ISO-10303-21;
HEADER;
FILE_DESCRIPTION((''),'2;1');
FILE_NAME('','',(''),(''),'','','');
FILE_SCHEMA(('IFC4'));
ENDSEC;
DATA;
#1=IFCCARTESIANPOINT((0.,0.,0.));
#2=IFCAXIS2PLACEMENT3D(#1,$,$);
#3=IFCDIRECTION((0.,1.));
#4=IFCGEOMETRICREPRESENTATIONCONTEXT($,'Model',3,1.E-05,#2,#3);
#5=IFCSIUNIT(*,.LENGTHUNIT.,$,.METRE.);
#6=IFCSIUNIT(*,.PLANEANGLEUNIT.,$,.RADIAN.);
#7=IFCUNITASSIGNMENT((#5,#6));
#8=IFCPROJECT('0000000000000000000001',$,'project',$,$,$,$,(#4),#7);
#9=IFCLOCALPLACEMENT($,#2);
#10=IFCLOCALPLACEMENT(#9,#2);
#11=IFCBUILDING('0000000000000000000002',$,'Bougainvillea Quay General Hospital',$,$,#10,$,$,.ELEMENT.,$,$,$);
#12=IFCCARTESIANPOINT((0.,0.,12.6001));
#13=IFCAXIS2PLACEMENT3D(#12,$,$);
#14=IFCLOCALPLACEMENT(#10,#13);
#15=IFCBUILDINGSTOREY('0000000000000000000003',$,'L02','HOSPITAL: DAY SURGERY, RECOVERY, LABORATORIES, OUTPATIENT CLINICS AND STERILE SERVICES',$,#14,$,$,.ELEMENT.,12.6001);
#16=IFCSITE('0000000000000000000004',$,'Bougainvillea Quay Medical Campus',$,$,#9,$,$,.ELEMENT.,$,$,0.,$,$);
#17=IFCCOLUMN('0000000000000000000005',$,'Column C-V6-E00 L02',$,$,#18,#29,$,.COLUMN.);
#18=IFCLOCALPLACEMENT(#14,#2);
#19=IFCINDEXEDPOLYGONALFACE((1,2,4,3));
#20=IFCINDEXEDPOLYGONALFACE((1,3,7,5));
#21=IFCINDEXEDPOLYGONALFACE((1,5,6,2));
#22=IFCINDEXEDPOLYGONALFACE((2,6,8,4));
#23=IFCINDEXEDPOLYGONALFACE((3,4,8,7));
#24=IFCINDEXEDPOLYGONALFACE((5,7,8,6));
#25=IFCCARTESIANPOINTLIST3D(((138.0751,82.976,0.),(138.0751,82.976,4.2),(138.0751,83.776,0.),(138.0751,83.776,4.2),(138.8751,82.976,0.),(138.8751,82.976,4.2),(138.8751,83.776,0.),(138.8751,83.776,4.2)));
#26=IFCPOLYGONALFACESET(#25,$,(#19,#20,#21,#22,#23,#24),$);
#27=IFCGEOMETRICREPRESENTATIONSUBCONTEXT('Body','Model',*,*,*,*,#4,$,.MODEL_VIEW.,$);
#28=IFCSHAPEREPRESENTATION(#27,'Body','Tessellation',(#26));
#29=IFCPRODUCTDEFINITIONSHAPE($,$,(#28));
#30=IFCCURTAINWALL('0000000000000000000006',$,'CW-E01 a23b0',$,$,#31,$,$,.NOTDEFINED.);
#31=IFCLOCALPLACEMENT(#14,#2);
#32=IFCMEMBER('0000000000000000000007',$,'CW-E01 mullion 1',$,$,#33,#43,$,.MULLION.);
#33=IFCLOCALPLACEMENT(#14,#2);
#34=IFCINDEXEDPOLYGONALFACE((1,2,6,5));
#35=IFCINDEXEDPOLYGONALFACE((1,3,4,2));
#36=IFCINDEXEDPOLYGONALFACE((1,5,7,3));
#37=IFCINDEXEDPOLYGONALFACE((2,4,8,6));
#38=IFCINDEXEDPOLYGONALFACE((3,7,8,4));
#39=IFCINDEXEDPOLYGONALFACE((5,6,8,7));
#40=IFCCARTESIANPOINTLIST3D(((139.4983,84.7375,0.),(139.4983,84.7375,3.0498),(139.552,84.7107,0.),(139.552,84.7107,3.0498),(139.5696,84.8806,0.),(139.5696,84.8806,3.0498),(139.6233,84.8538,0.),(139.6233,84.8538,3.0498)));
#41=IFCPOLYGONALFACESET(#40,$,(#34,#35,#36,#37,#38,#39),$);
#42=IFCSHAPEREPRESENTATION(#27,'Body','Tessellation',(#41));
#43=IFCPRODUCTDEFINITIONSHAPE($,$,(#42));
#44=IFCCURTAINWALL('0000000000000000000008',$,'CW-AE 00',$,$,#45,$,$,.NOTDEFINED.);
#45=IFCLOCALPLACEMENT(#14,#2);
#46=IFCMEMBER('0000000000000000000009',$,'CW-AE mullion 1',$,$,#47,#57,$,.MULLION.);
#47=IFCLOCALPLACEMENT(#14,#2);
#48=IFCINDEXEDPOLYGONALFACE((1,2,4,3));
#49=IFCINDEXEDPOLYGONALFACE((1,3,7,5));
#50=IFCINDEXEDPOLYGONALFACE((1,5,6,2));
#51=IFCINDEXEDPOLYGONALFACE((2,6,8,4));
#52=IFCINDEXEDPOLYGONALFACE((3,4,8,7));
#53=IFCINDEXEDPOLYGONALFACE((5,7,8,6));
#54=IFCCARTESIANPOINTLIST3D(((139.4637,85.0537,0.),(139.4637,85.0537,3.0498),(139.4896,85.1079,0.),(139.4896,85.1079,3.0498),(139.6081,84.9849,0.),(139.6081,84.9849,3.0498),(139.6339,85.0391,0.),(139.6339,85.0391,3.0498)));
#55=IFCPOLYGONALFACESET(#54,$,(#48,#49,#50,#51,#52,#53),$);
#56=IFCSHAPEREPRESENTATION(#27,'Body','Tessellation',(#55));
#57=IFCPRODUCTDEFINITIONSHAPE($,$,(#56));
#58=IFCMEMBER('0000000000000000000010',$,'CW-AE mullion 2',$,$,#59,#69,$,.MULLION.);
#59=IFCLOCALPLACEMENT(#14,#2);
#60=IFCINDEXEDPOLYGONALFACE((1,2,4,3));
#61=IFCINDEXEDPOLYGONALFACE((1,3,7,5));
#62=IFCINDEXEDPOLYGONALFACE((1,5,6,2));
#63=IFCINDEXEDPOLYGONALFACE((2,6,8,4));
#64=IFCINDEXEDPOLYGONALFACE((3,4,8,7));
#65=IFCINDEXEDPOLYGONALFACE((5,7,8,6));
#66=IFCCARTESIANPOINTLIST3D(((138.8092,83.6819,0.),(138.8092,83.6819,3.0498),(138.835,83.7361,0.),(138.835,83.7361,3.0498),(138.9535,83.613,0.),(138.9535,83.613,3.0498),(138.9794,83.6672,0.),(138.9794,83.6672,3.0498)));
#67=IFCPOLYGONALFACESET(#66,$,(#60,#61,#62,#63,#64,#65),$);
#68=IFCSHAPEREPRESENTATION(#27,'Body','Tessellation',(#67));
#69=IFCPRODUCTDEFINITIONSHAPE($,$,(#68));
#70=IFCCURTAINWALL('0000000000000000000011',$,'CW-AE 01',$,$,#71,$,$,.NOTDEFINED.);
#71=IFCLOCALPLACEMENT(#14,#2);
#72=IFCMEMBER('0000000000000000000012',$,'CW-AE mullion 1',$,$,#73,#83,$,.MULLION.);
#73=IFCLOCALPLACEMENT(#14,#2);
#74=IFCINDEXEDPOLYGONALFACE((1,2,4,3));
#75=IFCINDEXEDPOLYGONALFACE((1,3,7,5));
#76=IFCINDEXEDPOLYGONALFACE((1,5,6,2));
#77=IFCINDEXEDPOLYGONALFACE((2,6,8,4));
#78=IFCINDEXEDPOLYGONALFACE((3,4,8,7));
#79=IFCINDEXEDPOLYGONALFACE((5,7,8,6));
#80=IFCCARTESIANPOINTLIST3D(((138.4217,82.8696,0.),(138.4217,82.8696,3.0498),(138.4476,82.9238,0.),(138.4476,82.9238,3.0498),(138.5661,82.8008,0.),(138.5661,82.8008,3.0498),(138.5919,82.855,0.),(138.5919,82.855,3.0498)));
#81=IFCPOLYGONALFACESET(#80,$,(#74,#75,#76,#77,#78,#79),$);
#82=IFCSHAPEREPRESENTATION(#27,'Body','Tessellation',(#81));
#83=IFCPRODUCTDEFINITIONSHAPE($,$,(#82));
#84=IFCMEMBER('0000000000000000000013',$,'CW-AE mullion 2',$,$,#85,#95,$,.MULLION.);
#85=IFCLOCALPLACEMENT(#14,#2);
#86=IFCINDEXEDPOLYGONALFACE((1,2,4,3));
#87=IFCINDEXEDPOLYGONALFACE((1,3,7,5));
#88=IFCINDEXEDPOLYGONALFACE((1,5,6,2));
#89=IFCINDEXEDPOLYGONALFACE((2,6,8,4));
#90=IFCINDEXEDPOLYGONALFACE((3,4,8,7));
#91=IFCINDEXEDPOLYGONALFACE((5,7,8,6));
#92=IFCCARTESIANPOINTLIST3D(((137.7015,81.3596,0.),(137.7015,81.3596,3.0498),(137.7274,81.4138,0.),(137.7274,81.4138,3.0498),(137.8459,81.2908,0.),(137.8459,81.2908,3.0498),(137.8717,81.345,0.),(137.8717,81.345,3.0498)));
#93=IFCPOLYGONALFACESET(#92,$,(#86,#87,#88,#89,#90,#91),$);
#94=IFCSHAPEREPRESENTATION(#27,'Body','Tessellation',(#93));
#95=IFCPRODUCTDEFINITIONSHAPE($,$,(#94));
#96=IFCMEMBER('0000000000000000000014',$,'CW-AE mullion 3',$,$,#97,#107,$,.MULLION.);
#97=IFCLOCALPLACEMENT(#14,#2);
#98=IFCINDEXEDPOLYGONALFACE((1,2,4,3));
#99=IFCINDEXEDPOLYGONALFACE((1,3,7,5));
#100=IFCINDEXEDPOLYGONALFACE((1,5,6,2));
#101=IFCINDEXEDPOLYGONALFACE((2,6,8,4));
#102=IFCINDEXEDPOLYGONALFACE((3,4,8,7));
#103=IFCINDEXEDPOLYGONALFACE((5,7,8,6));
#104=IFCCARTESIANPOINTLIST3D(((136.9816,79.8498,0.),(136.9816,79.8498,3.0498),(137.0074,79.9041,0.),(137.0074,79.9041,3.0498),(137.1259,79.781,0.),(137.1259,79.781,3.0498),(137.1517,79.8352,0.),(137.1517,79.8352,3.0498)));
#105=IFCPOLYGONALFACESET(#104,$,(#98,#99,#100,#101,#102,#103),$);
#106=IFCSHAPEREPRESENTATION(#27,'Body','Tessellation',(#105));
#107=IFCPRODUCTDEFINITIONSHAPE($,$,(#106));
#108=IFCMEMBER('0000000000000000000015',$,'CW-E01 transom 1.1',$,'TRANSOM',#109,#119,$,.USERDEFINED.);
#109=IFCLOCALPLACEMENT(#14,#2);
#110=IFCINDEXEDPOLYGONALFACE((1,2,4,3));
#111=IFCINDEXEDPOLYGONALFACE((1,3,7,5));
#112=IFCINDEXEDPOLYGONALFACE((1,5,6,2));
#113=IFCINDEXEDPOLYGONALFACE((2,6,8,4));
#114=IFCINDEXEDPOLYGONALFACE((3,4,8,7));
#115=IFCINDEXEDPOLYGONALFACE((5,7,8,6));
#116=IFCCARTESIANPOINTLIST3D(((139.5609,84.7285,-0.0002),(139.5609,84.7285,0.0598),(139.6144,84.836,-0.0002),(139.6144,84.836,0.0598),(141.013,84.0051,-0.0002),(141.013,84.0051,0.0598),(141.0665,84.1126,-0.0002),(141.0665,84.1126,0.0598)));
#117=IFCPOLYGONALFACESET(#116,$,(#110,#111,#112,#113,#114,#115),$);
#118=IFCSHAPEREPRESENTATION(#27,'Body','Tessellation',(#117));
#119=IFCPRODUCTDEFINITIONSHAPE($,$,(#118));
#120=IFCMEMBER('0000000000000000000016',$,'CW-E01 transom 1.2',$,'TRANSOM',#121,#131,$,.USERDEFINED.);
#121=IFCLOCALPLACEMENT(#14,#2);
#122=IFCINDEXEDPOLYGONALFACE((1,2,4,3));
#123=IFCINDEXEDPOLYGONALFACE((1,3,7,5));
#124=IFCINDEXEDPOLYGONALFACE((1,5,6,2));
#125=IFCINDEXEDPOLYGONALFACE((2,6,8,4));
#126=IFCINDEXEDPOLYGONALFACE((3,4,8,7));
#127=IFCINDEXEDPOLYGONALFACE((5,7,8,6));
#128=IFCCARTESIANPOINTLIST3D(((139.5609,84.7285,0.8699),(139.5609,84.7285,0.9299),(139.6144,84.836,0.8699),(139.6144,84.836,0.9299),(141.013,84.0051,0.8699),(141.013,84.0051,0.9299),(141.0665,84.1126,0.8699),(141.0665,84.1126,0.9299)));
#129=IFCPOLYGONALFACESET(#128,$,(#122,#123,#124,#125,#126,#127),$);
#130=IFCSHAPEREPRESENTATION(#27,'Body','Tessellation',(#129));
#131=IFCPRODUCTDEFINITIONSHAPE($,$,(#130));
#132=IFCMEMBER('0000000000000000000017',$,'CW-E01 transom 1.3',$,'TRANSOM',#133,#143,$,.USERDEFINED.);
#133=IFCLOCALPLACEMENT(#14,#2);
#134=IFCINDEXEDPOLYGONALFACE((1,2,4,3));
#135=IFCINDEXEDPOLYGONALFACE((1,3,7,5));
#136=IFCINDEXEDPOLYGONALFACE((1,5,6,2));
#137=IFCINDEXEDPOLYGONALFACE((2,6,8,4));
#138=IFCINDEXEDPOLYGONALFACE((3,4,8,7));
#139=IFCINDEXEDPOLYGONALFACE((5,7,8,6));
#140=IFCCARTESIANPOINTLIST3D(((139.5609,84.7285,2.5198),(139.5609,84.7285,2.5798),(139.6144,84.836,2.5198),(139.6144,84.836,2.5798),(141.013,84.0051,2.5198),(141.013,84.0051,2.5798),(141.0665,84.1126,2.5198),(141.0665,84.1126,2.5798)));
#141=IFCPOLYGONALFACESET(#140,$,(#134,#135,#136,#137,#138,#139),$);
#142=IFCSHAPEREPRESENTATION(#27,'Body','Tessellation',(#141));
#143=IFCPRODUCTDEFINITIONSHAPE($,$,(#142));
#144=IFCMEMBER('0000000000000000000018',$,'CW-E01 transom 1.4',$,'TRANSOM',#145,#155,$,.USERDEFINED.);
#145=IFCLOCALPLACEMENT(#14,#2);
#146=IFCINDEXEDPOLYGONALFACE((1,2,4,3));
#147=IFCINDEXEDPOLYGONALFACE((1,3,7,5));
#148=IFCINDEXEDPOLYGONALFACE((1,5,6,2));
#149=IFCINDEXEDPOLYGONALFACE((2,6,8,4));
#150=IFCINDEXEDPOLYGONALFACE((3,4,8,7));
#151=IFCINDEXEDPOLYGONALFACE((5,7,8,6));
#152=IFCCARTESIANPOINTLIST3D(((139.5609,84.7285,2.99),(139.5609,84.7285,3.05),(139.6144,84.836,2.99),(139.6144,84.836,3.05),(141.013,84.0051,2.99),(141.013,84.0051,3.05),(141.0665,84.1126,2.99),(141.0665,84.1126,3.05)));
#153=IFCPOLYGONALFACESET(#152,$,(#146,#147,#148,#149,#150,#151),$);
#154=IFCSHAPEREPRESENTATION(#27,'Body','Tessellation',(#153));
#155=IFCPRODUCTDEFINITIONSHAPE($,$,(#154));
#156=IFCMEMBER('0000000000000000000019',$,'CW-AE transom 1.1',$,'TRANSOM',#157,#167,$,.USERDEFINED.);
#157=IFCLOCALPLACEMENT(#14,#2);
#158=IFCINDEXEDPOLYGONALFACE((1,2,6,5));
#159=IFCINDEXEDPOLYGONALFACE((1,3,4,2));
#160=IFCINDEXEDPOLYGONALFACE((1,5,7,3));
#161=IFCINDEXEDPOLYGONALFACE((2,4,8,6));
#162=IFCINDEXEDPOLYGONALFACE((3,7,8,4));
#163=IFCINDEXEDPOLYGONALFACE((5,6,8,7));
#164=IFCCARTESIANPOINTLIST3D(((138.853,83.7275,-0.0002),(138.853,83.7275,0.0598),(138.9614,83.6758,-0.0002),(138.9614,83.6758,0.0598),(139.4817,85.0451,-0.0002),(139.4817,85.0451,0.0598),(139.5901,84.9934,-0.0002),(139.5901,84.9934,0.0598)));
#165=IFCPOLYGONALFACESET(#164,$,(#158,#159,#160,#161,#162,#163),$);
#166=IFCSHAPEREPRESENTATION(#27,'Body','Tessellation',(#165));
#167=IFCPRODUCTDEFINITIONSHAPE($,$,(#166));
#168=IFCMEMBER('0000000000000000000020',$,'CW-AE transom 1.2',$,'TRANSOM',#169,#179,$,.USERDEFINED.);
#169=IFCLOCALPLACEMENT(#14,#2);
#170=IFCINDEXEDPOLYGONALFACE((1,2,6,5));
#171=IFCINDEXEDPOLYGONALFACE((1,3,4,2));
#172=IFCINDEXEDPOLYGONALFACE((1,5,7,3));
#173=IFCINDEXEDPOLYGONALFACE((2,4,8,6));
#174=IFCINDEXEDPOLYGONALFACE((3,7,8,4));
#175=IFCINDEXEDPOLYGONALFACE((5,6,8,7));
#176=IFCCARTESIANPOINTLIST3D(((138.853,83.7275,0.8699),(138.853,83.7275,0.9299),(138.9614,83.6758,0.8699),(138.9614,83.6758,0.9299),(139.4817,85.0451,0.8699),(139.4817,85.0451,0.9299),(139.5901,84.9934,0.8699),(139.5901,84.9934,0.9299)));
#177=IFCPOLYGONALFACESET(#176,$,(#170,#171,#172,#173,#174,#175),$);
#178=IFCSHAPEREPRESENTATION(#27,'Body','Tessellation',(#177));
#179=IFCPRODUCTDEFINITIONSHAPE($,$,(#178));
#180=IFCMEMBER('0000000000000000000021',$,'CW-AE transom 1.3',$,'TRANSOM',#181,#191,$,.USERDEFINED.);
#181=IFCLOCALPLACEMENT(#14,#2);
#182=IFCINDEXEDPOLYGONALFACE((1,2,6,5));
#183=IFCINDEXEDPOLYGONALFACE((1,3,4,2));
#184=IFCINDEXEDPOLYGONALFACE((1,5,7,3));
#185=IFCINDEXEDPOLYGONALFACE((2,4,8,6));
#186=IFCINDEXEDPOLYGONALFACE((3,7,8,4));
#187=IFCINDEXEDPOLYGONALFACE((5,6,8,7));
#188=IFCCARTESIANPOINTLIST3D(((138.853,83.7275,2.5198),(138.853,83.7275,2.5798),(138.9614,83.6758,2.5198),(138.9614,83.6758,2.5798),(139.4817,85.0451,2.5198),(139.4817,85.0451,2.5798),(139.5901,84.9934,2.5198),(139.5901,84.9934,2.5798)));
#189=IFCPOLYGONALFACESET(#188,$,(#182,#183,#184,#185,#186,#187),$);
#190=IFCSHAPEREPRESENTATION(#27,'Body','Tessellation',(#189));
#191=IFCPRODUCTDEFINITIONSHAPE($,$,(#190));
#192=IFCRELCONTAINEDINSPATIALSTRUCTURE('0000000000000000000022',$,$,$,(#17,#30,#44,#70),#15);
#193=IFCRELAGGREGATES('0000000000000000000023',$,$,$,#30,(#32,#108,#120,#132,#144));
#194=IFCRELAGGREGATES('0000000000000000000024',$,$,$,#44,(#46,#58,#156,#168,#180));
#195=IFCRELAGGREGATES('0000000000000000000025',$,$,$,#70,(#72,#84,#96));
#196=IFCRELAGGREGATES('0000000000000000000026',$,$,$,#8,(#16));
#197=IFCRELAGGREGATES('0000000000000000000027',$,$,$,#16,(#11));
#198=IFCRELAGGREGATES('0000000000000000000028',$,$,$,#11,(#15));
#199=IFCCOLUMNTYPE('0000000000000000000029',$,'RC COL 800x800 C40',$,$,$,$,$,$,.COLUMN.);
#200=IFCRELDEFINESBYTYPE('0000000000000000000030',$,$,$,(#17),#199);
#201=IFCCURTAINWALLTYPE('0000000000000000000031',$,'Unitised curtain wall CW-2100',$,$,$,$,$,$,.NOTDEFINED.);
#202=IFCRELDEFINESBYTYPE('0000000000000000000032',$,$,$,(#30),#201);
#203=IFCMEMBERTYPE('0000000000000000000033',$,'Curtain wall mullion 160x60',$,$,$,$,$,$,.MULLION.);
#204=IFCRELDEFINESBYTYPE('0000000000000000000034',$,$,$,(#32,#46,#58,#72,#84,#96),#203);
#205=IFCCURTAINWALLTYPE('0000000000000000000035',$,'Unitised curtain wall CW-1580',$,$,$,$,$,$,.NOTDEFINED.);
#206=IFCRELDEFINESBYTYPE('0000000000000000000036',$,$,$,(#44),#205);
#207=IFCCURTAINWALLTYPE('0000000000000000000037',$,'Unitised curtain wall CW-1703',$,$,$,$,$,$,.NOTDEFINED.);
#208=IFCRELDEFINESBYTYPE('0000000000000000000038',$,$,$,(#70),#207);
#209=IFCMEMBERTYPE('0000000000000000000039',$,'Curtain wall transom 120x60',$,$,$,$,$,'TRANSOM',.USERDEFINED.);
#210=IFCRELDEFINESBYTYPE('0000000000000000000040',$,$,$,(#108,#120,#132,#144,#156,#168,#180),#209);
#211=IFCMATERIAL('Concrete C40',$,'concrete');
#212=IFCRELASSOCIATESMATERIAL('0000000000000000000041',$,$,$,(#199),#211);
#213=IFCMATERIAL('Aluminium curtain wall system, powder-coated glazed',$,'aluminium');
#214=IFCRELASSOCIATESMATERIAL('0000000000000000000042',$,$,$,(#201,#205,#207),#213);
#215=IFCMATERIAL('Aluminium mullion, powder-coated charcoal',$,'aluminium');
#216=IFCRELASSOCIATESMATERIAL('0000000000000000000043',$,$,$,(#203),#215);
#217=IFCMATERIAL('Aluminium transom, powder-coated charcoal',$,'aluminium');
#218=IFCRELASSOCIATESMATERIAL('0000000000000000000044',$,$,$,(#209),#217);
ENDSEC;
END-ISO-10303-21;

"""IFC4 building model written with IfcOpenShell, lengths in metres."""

from ifc_helpers import new_model, si_unit, direction, frame, origin, origin_2d, place, context, subcontext, project, spatial, rectangle, extrude, material, material_profile, profile_set, type_object, element, aggregate, save


model = new_model("IFC4")

# Units and contexts
model_context = context("Model", 3, precision=1e-05, world=origin(), true_north=direction((0.0, 1.0)))
body_context = subcontext(model_context, "Body", "Model", "MODEL_VIEW")
ifc_project = project(units=[si_unit("LENGTHUNIT", "METRE"), si_unit("PLANEANGLEUNIT", "RADIAN")], contexts=[model_context])

# Site, building, storey
site_placement = place(None, origin())
site = spatial("IfcSite", under=ifc_project, at=site_placement, Name="Bougainvillea Quay Medical Campus", CompositionType="ELEMENT", RefElevation=0.0)
building_placement = place(site_placement, origin())
building = spatial("IfcBuilding", under=site, at=building_placement, Name="Bougainvillea Quay General Hospital", CompositionType="ELEMENT")
storey_placement = place(building_placement, frame((0.0, 0.0, 12.6001)))
storey = spatial("IfcBuildingStorey", under=building, at=storey_placement, Name="L02", Description="HOSPITAL: DAY SURGERY, RECOVERY, LABORATORIES, OUTPATIENT CLINICS AND STERILE SERVICES", CompositionType="ELEMENT", Elevation=12.6001)

# Column
ifc_material_1 = material(Name="Concrete C40", Category="concrete")
ifc_material_profile_1 = material_profile(ifc_material_1, rectangle(XDim=0.8, YDim=0.8, at=origin_2d()))
ifc_profile_set_1 = profile_set([ifc_material_profile_1], Name="Concrete C40")
column_type = type_object("IfcColumnType", Name="RC COL 800x800 C40", PredefinedType="COLUMN", material=ifc_profile_set_1)
column_placement = place(storey_placement, frame((138.4751, 83.376, 0.0), z_axis=(0.0, 0.0, 1.0), x_axis=(1.0, 0.0, 0.0)))
element("IfcColumn", 1, at=column_placement, inside=storey, type_object=column_type, Name="Column C-V6-E00 L02", PredefinedType="COLUMN", context=body_context, shape_type="SweptSolid", body=[
    extrude(rectangle(XDim=0.8, YDim=0.8, at=origin_2d()), origin(), (0.0, 0.0, 1.0), 4.2),
])

# Curtain wall, member
ifc_material_2 = material(Name="Aluminium curtain wall system, powder-coated glazed", Category="aluminium")
curtain_wall_type_1 = type_object("IfcCurtainWallType", Name="Unitised curtain wall CW-2100", PredefinedType="NOTDEFINED", material=ifc_material_2)
curtain_wall_1_placement = place(storey_placement, origin())
curtain_wall_1 = element("IfcCurtainWall", 2, at=curtain_wall_1_placement, inside=storey, type_object=curtain_wall_type_1, Name="CW-E01 a23b0", PredefinedType="NOTDEFINED")
ifc_material_3 = material(Name="Aluminium mullion, powder-coated charcoal", Category="aluminium")
ifc_material_profile_2 = material_profile(ifc_material_3, rectangle(XDim=0.1599, YDim=0.0601, at=origin_2d()))
ifc_profile_set_2 = profile_set([ifc_material_profile_2], Name="Aluminium mullion, powder-coated charcoal")
member_type_1 = type_object("IfcMemberType", Name="Curtain wall mullion 160x60", PredefinedType="MULLION", material=ifc_profile_set_2)
member_1_placement = place(storey_placement, frame((139.5608, 84.7957, 0.0), z_axis=(0.0, 0.0, 1.0), x_axis=(0.445914, 0.895076, 0.0)))
member_1 = element("IfcMember", 3, at=member_1_placement, type_object=member_type_1, Name="CW-E01 mullion 1", PredefinedType="MULLION", context=body_context, shape_type="SweptSolid", body=[
    extrude(rectangle(XDim=0.1599, YDim=0.0601, at=origin_2d()), origin(), (0.0, 0.0, 1.0), 3.0498),
])

# Curtain walls, members
curtain_wall_type_2 = type_object("IfcCurtainWallType", Name="Unitised curtain wall CW-1580", PredefinedType="NOTDEFINED", material=ifc_material_2)
curtain_wall_2_placement = place(storey_placement, origin())
curtain_wall_2 = element("IfcCurtainWall", 4, at=curtain_wall_2_placement, inside=storey, type_object=curtain_wall_type_2, Name="CW-AE 00", PredefinedType="NOTDEFINED")
member_2_placement = place(storey_placement, frame((139.5488, 85.0464, 0.0), z_axis=(0.0, 0.0, 1.0), x_axis=(0.902576, -0.43053, 0.0)))
member_2 = element("IfcMember", 5, at=member_2_placement, type_object=member_type_1, Name="CW-AE mullion 1", PredefinedType="MULLION", context=body_context, shape_type="SweptSolid", body=[
    extrude(rectangle(XDim=0.1599, YDim=0.0601, at=origin_2d()), origin(), (0.0, 0.0, 1.0), 3.0498),
])
member_3_placement = place(storey_placement, frame((138.8943, 83.6746, 0.0), z_axis=(0.0, 0.0, 1.0), x_axis=(0.902576, -0.43053, 0.0)))
member_3 = element("IfcMember", 6, at=member_3_placement, type_object=member_type_1, Name="CW-AE mullion 2", PredefinedType="MULLION", context=body_context, shape_type="SweptSolid", body=[
    extrude(rectangle(XDim=0.1599, YDim=0.0601, at=origin_2d()), origin(), (0.0, 0.0, 1.0), 3.0498),
])
curtain_wall_type_3 = type_object("IfcCurtainWallType", Name="Unitised curtain wall CW-1703", PredefinedType="NOTDEFINED", material=ifc_material_2)
curtain_wall_3_placement = place(storey_placement, origin())
curtain_wall_3 = element("IfcCurtainWall", 7, at=curtain_wall_3_placement, inside=storey, type_object=curtain_wall_type_3, Name="CW-AE 01", PredefinedType="NOTDEFINED")
member_4_placement = place(storey_placement, frame((138.5068, 82.8623, 0.0), z_axis=(0.0, 0.0, 1.0), x_axis=(0.902576, -0.43053, 0.0)))
member_4 = element("IfcMember", 8, at=member_4_placement, type_object=member_type_1, Name="CW-AE mullion 1", PredefinedType="MULLION", context=body_context, shape_type="SweptSolid", body=[
    extrude(rectangle(XDim=0.1599, YDim=0.0601, at=origin_2d()), origin(), (0.0, 0.0, 1.0), 3.0498),
])
member_5_placement = place(storey_placement, frame((137.7866, 81.3523, 0.0), z_axis=(0.0, 0.0, 1.0), x_axis=(0.902576, -0.43053, 0.0)))
member_5 = element("IfcMember", 9, at=member_5_placement, type_object=member_type_1, Name="CW-AE mullion 2", PredefinedType="MULLION", context=body_context, shape_type="SweptSolid", body=[
    extrude(rectangle(XDim=0.1599, YDim=0.0601, at=origin_2d()), origin(), (0.0, 0.0, 1.0), 3.0498),
])
member_6_placement = place(storey_placement, frame((137.0667, 79.8425, 0.0), z_axis=(0.0, 0.0, 1.0), x_axis=(0.902576, -0.43053, 0.0)))
member_6 = element("IfcMember", 10, at=member_6_placement, type_object=member_type_1, Name="CW-AE mullion 3", PredefinedType="MULLION", context=body_context, shape_type="SweptSolid", body=[
    extrude(rectangle(XDim=0.1599, YDim=0.0601, at=origin_2d()), origin(), (0.0, 0.0, 1.0), 3.0498),
])

# Members
ifc_material_4 = material(Name="Aluminium transom, powder-coated charcoal", Category="aluminium")
ifc_material_profile_3 = material_profile(ifc_material_4, rectangle(XDim=0.1201, YDim=0.0601, at=origin_2d()))
ifc_profile_set_3 = profile_set([ifc_material_profile_3], Name="Aluminium transom, powder-coated charcoal")
member_type_2 = type_object("IfcMemberType", Name="Curtain wall transom 120x60", ElementType="TRANSOM", PredefinedType="USERDEFINED", material=ifc_profile_set_3)
member_7_placement = place(storey_placement, frame((139.5876, 84.7822, 0.0298), z_axis=(0.895088, -0.445889, 0.0), x_axis=(0.445889, 0.895088, 0.0)))
member_7 = element("IfcMember", 11, at=member_7_placement, type_object=member_type_2, Name="CW-E01 transom 1.1", ObjectType="TRANSOM", PredefinedType="USERDEFINED", context=body_context, shape_type="SweptSolid", body=[
    extrude(rectangle(XDim=0.1201, YDim=0.0601, at=origin_2d()), origin(), (0.0, 0.0, 1.0), 1.6223),
])
member_8_placement = place(storey_placement, frame((139.5876, 84.7822, 0.8999), z_axis=(0.895088, -0.445889, 0.0), x_axis=(0.445889, 0.895088, 0.0)))
member_8 = element("IfcMember", 12, at=member_8_placement, type_object=member_type_2, Name="CW-E01 transom 1.2", ObjectType="TRANSOM", PredefinedType="USERDEFINED", context=body_context, shape_type="SweptSolid", body=[
    extrude(rectangle(XDim=0.1201, YDim=0.0601, at=origin_2d()), origin(), (0.0, 0.0, 1.0), 1.6223),
])
member_9_placement = place(storey_placement, frame((139.5876, 84.7822, 2.5498), z_axis=(0.895088, -0.445889, 0.0), x_axis=(0.445889, 0.895088, 0.0)))
member_9 = element("IfcMember", 13, at=member_9_placement, type_object=member_type_2, Name="CW-E01 transom 1.3", ObjectType="TRANSOM", PredefinedType="USERDEFINED", context=body_context, shape_type="SweptSolid", body=[
    extrude(rectangle(XDim=0.1201, YDim=0.0601, at=origin_2d()), origin(), (0.0, 0.0, 1.0), 1.6223),
])
member_10_placement = place(storey_placement, frame((139.5876, 84.7822, 3.02), z_axis=(0.895088, -0.445889, 0.0), x_axis=(0.445889, 0.895088, 0.0)))
member_10 = element("IfcMember", 14, at=member_10_placement, type_object=member_type_2, Name="CW-E01 transom 1.4", ObjectType="TRANSOM", PredefinedType="USERDEFINED", context=body_context, shape_type="SweptSolid", body=[
    extrude(rectangle(XDim=0.1201, YDim=0.0601, at=origin_2d()), origin(), (0.0, 0.0, 1.0), 1.6223),
])
aggregate(curtain_wall_1, [member_1, member_7, member_8, member_9, member_10])
member_11_placement = place(storey_placement, frame((139.5359, 85.0193, 0.0298), z_axis=(-0.430615, -0.902536, 0.0), x_axis=(0.902536, -0.430615, 0.0)))
member_11 = element("IfcMember", 15, at=member_11_placement, type_object=member_type_2, Name="CW-AE transom 1.1", ObjectType="TRANSOM", PredefinedType="USERDEFINED", context=body_context, shape_type="SweptSolid", body=[
    extrude(rectangle(XDim=0.1201, YDim=0.0601, at=origin_2d()), origin(), (0.0, 0.0, 1.0), 1.46),
])
member_12_placement = place(storey_placement, frame((139.5359, 85.0193, 0.8999), z_axis=(-0.430615, -0.902536, 0.0), x_axis=(0.902536, -0.430615, 0.0)))
member_12 = element("IfcMember", 16, at=member_12_placement, type_object=member_type_2, Name="CW-AE transom 1.2", ObjectType="TRANSOM", PredefinedType="USERDEFINED", context=body_context, shape_type="SweptSolid", body=[
    extrude(rectangle(XDim=0.1201, YDim=0.0601, at=origin_2d()), origin(), (0.0, 0.0, 1.0), 1.46),
])
member_13_placement = place(storey_placement, frame((139.5359, 85.0193, 2.5498), z_axis=(-0.430615, -0.902536, 0.0), x_axis=(0.902536, -0.430615, 0.0)))
member_13 = element("IfcMember", 17, at=member_13_placement, type_object=member_type_2, Name="CW-AE transom 1.3", ObjectType="TRANSOM", PredefinedType="USERDEFINED", context=body_context, shape_type="SweptSolid", body=[
    extrude(rectangle(XDim=0.1201, YDim=0.0601, at=origin_2d()), origin(), (0.0, 0.0, 1.0), 1.46),
])

aggregate(curtain_wall_2, [member_2, member_3, member_11, member_12, member_13])
aggregate(curtain_wall_3, [member_4, member_5, member_6])

save(model, "model.ifc")
